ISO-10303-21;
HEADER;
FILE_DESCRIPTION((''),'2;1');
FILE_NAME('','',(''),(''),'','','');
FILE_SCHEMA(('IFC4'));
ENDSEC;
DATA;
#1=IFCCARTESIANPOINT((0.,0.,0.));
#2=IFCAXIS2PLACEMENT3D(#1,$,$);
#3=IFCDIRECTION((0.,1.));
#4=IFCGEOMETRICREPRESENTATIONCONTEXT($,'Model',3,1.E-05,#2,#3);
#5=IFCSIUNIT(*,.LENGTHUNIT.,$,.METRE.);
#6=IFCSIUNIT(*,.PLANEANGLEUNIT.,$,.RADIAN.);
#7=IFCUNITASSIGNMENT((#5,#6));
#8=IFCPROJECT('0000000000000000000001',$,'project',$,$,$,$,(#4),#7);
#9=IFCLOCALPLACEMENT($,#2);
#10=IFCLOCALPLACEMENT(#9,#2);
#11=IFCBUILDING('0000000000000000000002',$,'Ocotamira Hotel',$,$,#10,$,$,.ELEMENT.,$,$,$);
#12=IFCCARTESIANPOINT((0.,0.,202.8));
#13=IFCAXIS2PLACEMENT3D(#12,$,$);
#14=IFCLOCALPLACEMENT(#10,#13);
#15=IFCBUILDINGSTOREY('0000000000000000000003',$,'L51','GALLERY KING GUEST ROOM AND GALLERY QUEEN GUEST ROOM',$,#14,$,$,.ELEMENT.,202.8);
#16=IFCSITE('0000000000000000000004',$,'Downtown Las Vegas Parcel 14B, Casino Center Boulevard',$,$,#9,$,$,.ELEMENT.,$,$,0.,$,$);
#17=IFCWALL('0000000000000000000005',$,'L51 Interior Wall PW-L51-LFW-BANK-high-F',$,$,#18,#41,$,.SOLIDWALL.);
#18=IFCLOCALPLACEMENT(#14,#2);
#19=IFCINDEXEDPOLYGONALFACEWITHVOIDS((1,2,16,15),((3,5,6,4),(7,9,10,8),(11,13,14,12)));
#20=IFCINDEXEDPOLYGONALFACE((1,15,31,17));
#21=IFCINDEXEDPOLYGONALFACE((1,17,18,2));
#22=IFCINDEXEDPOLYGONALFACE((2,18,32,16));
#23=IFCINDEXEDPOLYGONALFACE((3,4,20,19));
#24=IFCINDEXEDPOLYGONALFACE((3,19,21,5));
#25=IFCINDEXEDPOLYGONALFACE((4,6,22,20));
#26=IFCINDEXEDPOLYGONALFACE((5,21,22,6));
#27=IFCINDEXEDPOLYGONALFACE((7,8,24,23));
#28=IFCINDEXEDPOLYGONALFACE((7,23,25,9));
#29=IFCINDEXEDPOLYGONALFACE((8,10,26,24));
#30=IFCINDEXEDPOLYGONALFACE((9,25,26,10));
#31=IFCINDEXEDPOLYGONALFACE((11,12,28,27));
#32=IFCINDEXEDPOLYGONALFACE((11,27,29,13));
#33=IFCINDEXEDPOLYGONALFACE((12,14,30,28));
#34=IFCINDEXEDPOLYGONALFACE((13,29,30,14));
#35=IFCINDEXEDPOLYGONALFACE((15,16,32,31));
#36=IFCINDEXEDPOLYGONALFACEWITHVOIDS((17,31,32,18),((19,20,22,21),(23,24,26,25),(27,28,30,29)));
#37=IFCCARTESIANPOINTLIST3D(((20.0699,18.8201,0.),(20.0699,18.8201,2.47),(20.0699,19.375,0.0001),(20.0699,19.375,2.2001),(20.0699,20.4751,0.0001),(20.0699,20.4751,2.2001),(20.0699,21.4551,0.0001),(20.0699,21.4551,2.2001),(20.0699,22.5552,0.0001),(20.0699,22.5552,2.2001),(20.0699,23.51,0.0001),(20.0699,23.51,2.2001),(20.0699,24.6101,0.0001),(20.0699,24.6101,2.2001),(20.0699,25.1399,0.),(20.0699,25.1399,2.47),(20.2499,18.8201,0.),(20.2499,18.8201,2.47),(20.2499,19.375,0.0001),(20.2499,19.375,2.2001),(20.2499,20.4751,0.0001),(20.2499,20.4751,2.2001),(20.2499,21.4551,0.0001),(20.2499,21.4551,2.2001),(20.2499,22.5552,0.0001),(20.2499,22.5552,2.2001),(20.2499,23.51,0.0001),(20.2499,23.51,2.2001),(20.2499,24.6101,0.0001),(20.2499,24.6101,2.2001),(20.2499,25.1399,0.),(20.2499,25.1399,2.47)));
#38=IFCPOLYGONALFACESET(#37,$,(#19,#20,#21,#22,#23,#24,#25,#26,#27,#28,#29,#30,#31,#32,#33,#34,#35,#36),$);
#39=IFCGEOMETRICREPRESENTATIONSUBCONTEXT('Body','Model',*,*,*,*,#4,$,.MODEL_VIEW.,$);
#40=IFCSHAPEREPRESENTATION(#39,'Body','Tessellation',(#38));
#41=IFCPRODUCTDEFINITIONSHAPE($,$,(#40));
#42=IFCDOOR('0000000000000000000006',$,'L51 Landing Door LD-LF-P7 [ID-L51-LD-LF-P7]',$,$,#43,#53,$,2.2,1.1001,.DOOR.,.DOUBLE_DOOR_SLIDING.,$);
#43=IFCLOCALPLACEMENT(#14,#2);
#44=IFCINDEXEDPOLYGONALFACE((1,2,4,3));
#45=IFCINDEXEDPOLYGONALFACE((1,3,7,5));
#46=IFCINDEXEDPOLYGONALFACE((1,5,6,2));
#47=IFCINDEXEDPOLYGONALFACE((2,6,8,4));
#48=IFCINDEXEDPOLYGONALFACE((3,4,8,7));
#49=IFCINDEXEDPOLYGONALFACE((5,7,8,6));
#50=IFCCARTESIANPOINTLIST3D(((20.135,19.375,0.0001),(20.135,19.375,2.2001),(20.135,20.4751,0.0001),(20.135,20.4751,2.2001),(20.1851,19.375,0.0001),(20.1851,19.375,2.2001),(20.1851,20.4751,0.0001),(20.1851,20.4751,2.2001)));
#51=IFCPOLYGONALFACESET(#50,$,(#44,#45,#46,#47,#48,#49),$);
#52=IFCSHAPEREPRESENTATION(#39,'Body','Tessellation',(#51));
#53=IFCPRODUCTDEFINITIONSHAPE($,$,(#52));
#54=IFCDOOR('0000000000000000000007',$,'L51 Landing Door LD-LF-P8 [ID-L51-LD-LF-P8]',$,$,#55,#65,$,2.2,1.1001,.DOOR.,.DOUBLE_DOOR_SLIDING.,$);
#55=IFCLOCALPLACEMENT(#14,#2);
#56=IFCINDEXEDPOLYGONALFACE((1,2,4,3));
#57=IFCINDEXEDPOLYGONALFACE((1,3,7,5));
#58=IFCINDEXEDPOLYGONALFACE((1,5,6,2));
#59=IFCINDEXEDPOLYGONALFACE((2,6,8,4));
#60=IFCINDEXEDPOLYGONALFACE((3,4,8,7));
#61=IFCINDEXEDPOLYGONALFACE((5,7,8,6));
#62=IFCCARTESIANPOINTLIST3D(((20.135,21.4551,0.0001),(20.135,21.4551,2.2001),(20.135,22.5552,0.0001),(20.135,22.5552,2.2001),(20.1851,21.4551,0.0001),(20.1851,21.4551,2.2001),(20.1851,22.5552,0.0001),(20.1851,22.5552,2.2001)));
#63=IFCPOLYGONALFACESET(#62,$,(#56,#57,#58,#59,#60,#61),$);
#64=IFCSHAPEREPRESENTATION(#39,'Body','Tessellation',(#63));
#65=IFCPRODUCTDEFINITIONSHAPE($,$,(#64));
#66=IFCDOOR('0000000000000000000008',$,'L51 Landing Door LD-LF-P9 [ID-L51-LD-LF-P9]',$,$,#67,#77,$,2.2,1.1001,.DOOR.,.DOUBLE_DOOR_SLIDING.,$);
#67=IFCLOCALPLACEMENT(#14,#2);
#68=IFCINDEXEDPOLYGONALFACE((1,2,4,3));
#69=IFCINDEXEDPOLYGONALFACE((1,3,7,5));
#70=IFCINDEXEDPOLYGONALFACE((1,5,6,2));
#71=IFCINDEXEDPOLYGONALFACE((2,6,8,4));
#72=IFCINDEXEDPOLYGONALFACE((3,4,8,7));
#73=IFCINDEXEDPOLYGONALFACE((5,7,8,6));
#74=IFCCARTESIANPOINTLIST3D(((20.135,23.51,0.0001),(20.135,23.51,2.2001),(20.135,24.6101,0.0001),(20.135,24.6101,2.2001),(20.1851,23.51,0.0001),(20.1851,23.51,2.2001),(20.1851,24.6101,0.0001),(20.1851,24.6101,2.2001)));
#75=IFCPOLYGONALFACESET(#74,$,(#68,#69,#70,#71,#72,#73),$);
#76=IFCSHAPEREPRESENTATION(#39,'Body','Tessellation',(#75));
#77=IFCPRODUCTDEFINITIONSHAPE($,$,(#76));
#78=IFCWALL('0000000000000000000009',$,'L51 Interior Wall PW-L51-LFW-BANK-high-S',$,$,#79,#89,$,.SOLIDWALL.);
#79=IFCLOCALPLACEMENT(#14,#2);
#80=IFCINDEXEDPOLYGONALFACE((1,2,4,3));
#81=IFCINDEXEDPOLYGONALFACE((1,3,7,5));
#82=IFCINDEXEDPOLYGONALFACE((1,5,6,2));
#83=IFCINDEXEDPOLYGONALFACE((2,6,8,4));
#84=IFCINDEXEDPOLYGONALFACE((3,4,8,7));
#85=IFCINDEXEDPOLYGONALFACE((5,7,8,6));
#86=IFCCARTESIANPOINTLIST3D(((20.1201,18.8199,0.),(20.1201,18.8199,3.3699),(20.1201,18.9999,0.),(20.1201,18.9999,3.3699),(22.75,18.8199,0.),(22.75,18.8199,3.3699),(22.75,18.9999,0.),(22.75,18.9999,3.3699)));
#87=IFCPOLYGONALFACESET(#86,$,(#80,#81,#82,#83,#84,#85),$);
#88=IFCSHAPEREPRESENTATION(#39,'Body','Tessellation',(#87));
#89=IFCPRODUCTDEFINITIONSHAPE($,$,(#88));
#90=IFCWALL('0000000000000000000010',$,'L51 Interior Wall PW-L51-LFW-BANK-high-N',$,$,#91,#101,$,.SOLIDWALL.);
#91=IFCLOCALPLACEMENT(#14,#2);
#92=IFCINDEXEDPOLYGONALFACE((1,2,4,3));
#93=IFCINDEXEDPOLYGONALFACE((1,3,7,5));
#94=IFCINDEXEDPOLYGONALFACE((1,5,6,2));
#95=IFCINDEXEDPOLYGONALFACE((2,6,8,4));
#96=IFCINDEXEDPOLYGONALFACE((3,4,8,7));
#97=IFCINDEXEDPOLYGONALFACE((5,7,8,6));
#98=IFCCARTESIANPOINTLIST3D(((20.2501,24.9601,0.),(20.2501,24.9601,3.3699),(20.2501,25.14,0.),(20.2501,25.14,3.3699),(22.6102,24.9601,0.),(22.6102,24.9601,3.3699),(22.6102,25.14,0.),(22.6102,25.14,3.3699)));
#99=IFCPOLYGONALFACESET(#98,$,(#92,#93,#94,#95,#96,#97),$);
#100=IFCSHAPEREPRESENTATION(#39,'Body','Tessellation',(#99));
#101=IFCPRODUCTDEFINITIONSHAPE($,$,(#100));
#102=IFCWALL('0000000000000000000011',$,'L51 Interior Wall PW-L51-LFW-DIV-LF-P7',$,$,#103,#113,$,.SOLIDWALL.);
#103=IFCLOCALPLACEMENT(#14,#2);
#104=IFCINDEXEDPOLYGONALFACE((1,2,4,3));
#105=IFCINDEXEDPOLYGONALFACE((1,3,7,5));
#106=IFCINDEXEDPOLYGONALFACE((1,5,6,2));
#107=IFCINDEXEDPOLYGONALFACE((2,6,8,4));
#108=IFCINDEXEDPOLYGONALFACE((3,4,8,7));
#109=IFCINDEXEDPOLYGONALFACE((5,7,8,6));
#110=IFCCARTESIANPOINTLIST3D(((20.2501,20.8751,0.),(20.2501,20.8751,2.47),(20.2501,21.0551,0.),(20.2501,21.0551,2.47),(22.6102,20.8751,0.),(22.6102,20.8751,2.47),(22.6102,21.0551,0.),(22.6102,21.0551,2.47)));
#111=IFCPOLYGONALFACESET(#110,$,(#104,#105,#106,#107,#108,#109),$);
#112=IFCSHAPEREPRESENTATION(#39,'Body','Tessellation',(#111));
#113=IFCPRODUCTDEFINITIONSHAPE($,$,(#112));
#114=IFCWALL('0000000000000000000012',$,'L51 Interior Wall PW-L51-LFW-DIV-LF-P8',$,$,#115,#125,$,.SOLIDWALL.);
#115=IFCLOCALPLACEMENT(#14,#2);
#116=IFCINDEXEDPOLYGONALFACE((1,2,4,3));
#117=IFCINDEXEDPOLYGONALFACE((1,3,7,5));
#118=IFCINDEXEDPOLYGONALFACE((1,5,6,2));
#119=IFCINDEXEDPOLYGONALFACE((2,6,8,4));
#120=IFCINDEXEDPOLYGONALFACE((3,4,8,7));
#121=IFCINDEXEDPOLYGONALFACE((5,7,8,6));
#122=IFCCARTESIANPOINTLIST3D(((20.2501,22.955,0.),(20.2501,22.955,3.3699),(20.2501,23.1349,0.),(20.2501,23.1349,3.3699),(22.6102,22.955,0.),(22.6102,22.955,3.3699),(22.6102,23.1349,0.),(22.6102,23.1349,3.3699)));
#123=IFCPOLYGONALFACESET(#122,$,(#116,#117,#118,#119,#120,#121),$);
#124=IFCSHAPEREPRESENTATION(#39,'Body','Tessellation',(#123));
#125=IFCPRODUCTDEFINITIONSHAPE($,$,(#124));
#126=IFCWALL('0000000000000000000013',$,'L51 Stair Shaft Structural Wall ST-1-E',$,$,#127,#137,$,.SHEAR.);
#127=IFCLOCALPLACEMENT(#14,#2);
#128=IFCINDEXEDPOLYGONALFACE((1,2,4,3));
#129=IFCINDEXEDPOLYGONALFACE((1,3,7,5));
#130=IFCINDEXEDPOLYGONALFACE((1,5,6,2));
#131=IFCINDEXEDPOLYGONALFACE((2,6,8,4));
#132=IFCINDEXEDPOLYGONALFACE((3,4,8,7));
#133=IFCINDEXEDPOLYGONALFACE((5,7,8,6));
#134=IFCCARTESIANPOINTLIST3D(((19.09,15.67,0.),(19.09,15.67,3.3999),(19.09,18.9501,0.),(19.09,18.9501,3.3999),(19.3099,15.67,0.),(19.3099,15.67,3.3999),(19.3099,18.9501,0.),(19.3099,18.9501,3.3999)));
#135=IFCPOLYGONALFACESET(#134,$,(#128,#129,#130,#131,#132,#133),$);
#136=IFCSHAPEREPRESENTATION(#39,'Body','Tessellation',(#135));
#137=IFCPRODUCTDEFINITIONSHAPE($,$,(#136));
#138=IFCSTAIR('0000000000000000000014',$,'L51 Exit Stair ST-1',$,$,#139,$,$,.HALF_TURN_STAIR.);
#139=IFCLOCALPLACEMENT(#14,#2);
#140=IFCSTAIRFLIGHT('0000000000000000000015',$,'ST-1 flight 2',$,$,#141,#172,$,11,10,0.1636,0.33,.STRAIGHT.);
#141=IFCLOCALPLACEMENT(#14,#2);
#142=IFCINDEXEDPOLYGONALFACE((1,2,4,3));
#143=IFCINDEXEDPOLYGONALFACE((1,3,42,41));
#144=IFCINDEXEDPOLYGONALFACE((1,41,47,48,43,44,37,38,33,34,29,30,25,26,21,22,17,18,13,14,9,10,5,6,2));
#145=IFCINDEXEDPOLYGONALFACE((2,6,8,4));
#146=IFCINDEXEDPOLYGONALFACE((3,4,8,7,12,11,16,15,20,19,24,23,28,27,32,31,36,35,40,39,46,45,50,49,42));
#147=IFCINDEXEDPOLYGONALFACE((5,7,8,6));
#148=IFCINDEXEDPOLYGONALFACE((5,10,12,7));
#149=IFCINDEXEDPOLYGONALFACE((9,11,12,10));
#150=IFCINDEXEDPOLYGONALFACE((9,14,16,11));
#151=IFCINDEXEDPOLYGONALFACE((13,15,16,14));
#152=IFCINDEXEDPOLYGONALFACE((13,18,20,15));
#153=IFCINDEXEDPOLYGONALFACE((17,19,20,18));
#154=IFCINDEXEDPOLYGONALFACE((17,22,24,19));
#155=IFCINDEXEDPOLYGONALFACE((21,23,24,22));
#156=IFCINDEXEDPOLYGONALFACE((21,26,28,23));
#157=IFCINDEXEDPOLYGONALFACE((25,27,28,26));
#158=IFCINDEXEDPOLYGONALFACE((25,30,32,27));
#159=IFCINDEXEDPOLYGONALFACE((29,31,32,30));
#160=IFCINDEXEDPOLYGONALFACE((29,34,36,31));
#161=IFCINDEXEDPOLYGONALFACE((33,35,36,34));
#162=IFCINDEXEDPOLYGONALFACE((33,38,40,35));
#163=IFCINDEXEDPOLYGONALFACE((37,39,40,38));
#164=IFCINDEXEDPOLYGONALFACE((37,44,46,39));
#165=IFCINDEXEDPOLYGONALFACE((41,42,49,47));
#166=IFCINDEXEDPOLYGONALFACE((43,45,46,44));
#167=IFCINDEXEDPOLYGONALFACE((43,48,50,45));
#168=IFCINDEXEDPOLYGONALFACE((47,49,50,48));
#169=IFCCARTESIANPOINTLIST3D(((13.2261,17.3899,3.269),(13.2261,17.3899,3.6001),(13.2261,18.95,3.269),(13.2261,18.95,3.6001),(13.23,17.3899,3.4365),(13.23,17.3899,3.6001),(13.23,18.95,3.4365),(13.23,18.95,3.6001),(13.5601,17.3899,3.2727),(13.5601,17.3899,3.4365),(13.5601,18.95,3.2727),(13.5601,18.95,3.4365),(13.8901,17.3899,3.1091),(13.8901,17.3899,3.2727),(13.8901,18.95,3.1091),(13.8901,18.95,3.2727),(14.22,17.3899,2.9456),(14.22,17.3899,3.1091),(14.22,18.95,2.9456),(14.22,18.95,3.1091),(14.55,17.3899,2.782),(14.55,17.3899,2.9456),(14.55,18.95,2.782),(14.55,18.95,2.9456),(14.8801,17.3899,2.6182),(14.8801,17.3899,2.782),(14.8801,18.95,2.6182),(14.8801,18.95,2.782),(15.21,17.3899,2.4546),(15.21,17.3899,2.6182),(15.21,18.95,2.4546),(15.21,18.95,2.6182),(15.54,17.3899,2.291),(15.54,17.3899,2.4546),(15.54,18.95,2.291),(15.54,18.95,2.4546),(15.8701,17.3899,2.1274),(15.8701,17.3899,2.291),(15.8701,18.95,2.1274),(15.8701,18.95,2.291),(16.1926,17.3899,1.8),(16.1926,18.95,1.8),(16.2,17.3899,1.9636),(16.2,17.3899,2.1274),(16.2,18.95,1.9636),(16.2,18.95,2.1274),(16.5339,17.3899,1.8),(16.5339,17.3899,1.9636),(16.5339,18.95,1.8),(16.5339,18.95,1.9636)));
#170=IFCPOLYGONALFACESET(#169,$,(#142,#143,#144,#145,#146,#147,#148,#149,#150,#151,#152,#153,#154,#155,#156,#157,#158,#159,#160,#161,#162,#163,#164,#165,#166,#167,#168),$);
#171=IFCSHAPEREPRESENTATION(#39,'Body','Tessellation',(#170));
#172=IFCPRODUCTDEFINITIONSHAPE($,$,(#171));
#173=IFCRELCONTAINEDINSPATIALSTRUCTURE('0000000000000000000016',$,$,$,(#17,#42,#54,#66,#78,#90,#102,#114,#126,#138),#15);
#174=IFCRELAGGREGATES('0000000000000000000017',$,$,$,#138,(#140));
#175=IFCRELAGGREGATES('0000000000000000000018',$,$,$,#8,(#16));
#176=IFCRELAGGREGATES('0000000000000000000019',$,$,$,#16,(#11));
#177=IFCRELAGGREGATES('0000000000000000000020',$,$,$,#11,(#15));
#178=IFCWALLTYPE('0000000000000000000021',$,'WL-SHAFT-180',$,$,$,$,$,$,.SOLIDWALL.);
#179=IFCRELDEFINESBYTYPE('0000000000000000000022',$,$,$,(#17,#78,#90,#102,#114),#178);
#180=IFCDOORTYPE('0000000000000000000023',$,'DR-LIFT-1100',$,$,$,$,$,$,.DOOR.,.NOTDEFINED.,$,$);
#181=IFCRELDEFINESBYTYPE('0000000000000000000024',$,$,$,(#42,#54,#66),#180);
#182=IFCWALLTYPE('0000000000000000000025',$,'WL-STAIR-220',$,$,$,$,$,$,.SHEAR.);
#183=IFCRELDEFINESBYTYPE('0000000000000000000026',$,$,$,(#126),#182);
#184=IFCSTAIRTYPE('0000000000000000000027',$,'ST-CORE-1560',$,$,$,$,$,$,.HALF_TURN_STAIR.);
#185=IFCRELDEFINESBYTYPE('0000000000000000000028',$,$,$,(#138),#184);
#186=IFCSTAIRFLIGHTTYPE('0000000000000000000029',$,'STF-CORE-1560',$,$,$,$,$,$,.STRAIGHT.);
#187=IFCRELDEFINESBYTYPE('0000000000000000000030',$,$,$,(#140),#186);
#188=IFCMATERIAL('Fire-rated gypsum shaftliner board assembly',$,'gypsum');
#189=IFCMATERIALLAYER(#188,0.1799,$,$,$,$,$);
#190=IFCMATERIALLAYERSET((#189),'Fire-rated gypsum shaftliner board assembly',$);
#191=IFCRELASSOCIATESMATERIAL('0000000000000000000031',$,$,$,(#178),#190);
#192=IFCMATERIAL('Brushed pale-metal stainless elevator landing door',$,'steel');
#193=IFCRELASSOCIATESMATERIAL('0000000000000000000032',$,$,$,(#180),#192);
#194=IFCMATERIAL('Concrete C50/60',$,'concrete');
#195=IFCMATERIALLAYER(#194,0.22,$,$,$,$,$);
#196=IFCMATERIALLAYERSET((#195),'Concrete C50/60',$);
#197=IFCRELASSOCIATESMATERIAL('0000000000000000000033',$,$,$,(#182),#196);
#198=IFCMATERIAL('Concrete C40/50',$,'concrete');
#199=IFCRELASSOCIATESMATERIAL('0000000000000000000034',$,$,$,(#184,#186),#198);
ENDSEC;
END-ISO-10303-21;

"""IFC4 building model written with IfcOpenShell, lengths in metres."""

from ifc_helpers import new_model, si_unit, direction, frame, frame_2d, origin, place, context, subcontext, project, spatial, polyline, rectangle, outline, extrude, source, transform, mapped, material, layer, layer_set, type_object, element, fill, aggregate, save


model = new_model("IFC4")

# Units and contexts
model_context = context("Model", 3, precision=1e-05, world=origin(), true_north=direction((0.0, 1.0)))
body_context = subcontext(model_context, "Body", "Model", "MODEL_VIEW")
ifc_project = project(units=[si_unit("LENGTHUNIT", "METRE"), si_unit("PLANEANGLEUNIT", "RADIAN")], contexts=[model_context])

# Site, building, storey
site_placement = place(None, origin())
site = spatial("IfcSite", under=ifc_project, at=site_placement, Name="Downtown Las Vegas Parcel 14B, Casino Center Boulevard", CompositionType="ELEMENT", RefElevation=0.0)
building_placement = place(site_placement, origin())
building = spatial("IfcBuilding", under=site, at=building_placement, Name="Ocotamira Hotel", CompositionType="ELEMENT")
storey_placement = place(building_placement, frame((0.0, 0.0, 202.8)))
storey = spatial("IfcBuildingStorey", under=building, at=storey_placement, Name="L51", Description="GALLERY KING GUEST ROOM AND GALLERY QUEEN GUEST ROOM", CompositionType="ELEMENT", Elevation=202.8)

# Shared definitions
ifc_material_1 = material(Name="Concrete C50/60", Category="concrete")

# Wall, openings, doors
ifc_material_2 = material(Name="Fire-rated gypsum shaftliner board assembly", Category="gypsum")
ifc_layer_1 = layer(ifc_material_2, 0.1799)
ifc_layer_set_1 = layer_set([ifc_layer_1], Name="Fire-rated gypsum shaftliner board assembly")
wall_type_1 = type_object("IfcWallType", Name="WL-SHAFT-180", PredefinedType="SOLIDWALL", material=ifc_layer_set_1)
wall_1_placement = place(storey_placement, frame((20.1599, 18.8201, 0.0), z_axis=(0.0, 0.0, 1.0), x_axis=(0.0, 1.0, 0.0)))
wall_1 = element("IfcWall", 1, at=wall_1_placement, inside=storey, type_object=wall_type_1, Name="L51 Interior Wall PW-L51-LFW-BANK-high-F", PredefinedType="SOLIDWALL", context=body_context, shape_type="SweptSolid", body=[
    extrude(rectangle(XDim=6.3198, YDim=0.1799, at=frame_2d((3.1599, 0.0))), origin(), (0.0, 0.0, 1.0), 2.47),
])
opening_1_placement = place(wall_1_placement, frame((0.5549, 0.0, 0.0)))
opening_1 = element("IfcOpeningElement", 2, at=opening_1_placement, cuts=wall_1, PredefinedType="OPENING", context=body_context, shape_type="SweptSolid", body=[
    extrude(rectangle(XDim=1.1001, YDim=2.2, at=frame_2d((0.55, 1.1001))), frame((0.0, 0.1001, 0.0), z_axis=(0.0, -1.0, 0.0), x_axis=(1.0, 0.0, 0.0)), (0.0, 0.0, 1.0), 0.2),
])
opening_2_placement = place(wall_1_placement, frame((2.635, 0.0, 0.0)))
opening_2 = element("IfcOpeningElement", 3, at=opening_2_placement, cuts=wall_1, PredefinedType="OPENING", context=body_context, shape_type="SweptSolid", body=[
    extrude(rectangle(XDim=1.1001, YDim=2.2, at=frame_2d((0.55, 1.1001))), frame((0.0, 0.1001, 0.0), z_axis=(0.0, -1.0, 0.0), x_axis=(1.0, 0.0, 0.0)), (0.0, 0.0, 1.0), 0.2),
])
opening_3_placement = place(wall_1_placement, frame((4.6899, 0.0, 0.0)))
opening_3 = element("IfcOpeningElement", 4, at=opening_3_placement, cuts=wall_1, PredefinedType="OPENING", context=body_context, shape_type="SweptSolid", body=[
    extrude(rectangle(XDim=1.1001, YDim=2.2, at=frame_2d((0.55, 1.1001))), frame((0.0, 0.1001, 0.0), z_axis=(0.0, -1.0, 0.0), x_axis=(1.0, 0.0, 0.0)), (0.0, 0.0, 1.0), 0.2),
])
ifc_material_3 = material(Name="Brushed pale-metal stainless elevator landing door", Category="steel")
door_type = type_object("IfcDoorType", Name="DR-LIFT-1100", OperationType="NOTDEFINED", PredefinedType="DOOR", material=ifc_material_3)
shared_shape_1 = source(origin(), body_context, "Body", "SweptSolid", [
    extrude(rectangle(XDim=1.1001, YDim=2.2, at=frame_2d((0.55, 1.1001))), frame((0.0, 0.0249, 0.0), z_axis=(0.0, -1.0, 0.0), x_axis=(1.0, 0.0, 0.0)), (0.0, 0.0, 1.0), 0.05),
])
door_1_placement = place(opening_1_placement, origin())
door_1 = element("IfcDoor", 5, at=door_1_placement, inside=storey, type_object=door_type, Name="L51 Landing Door LD-LF-P7 [ID-L51-LD-LF-P7]", OperationType="DOUBLE_DOOR_SLIDING", OverallHeight=2.2, OverallWidth=1.1001, PredefinedType="DOOR", context=body_context, shape_type="MappedRepresentation", body=[
    mapped(shared_shape_1, transform((0.0, 0.0, 0.0), scale=1.0)),
])
fill(opening_1, door_1)
door_2_placement = place(opening_2_placement, origin())
door_2 = element("IfcDoor", 6, at=door_2_placement, inside=storey, type_object=door_type, Name="L51 Landing Door LD-LF-P8 [ID-L51-LD-LF-P8]", OperationType="DOUBLE_DOOR_SLIDING", OverallHeight=2.2, OverallWidth=1.1001, PredefinedType="DOOR", context=body_context, shape_type="MappedRepresentation", body=[
    mapped(shared_shape_1, transform((0.0, 0.0, 0.0), scale=1.0)),
])
fill(opening_2, door_2)
door_3_placement = place(opening_3_placement, origin())
door_3 = element("IfcDoor", 7, at=door_3_placement, inside=storey, type_object=door_type, Name="L51 Landing Door LD-LF-P9 [ID-L51-LD-LF-P9]", OperationType="DOUBLE_DOOR_SLIDING", OverallHeight=2.2, OverallWidth=1.1001, PredefinedType="DOOR", context=body_context, shape_type="MappedRepresentation", body=[
    mapped(shared_shape_1, transform((0.0, 0.0, 0.0), scale=1.0)),
])
fill(opening_3, door_3)

# Walls
wall_2_placement = place(storey_placement, frame((20.1201, 18.9099, 0.0), z_axis=(0.0, 0.0, 1.0), x_axis=(1.0, 0.0, 0.0)))
element("IfcWall", 8, at=wall_2_placement, inside=storey, type_object=wall_type_1, Name="L51 Interior Wall PW-L51-LFW-BANK-high-S", PredefinedType="SOLIDWALL", context=body_context, shape_type="SweptSolid", body=[
    extrude(rectangle(XDim=2.6299, YDim=0.1799, at=frame_2d((1.3149, 0.0))), origin(), (0.0, 0.0, 1.0), 3.3699),
])
wall_3_placement = place(storey_placement, frame((20.25, 25.05, 0.0), z_axis=(0.0, 0.0, 1.0), x_axis=(1.0, 0.0, 0.0)))
element("IfcWall", 9, at=wall_3_placement, inside=storey, type_object=wall_type_1, Name="L51 Interior Wall PW-L51-LFW-BANK-high-N", PredefinedType="SOLIDWALL", context=body_context, shape_type="SweptSolid", body=[
    extrude(rectangle(XDim=2.3601, YDim=0.1799, at=frame_2d((1.1802, 0.0))), origin(), (0.0, 0.0, 1.0), 3.3699),
])
wall_4_placement = place(storey_placement, frame((20.25, 20.9651, 0.0), z_axis=(0.0, 0.0, 1.0), x_axis=(1.0, 0.0, 0.0)))
element("IfcWall", 10, at=wall_4_placement, inside=storey, type_object=wall_type_1, Name="L51 Interior Wall PW-L51-LFW-DIV-LF-P7", PredefinedType="SOLIDWALL", context=body_context, shape_type="SweptSolid", body=[
    extrude(rectangle(XDim=2.3601, YDim=0.1799, at=frame_2d((1.1802, 0.0))), origin(), (0.0, 0.0, 1.0), 2.47),
])
wall_5_placement = place(storey_placement, frame((20.25, 23.0449, 0.0), z_axis=(0.0, 0.0, 1.0), x_axis=(1.0, 0.0, 0.0)))
element("IfcWall", 11, at=wall_5_placement, inside=storey, type_object=wall_type_1, Name="L51 Interior Wall PW-L51-LFW-DIV-LF-P8", PredefinedType="SOLIDWALL", context=body_context, shape_type="SweptSolid", body=[
    extrude(rectangle(XDim=2.3601, YDim=0.1799, at=frame_2d((1.1802, 0.0))), origin(), (0.0, 0.0, 1.0), 3.3699),
])
ifc_layer_2 = layer(ifc_material_1, 0.22)
ifc_layer_set_2 = layer_set([ifc_layer_2], Name="Concrete C50/60")
wall_type_2 = type_object("IfcWallType", Name="WL-STAIR-220", PredefinedType="SHEAR", material=ifc_layer_set_2)
wall_6_placement = place(storey_placement, frame((19.2, 15.6699, 0.0), z_axis=(0.0, 0.0, 1.0), x_axis=(0.0, 1.0, 0.0)))
element("IfcWall", 12, at=wall_6_placement, inside=storey, type_object=wall_type_2, Name="L51 Stair Shaft Structural Wall ST-1-E", PredefinedType="SHEAR", context=body_context, shape_type="SweptSolid", body=[
    extrude(rectangle(XDim=3.28, YDim=0.22, at=frame_2d((1.6401, 0.0))), origin(), (0.0, 0.0, 1.0), 3.3999),
])

# Stair, stair flight
ifc_material_4 = material(Name="Concrete C40/50", Category="concrete")
stair_type = type_object("IfcStairType", Name="ST-CORE-1560", PredefinedType="HALF_TURN_STAIR", material=ifc_material_4)
stair_placement = place(storey_placement, origin())
stair = element("IfcStair", 13, at=stair_placement, inside=storey, type_object=stair_type, Name="L51 Exit Stair ST-1", PredefinedType="HALF_TURN_STAIR")
stair_flight_type = type_object("IfcStairFlightType", Name="STF-CORE-1560", PredefinedType="STRAIGHT", material=ifc_material_4)
shared_shape_2 = source(origin(), body_context, "Body", "SweptSolid", [
    extrude(outline(polyline([(-0.0039, 0.0), (-0.0039, 0.1636), (0.3301, 0.1636), (0.3301, 0.3274), (0.6599, 0.3274), (0.6599, 0.491), (0.99, 0.491), (0.99, 0.6545), (1.3201, 0.6545), (1.3201, 0.8181), (1.6499, 0.8181), (1.6499, 0.9819), (1.98, 0.9819), (1.98, 1.1455), (2.3101, 1.1455), (2.3101, 1.3091), (2.6399, 1.3091), (2.6399, 1.4727), (2.97, 1.4727), (2.97, 1.6365), (3.3, 1.6365), (3.3, 1.8), (3.304, 1.8), (3.304, 1.469), (0.3374, 0.0), (-0.0039, 0.0)])), frame((0.0, 0.78, 0.0), z_axis=(0.0, -1.0, 0.0), x_axis=(1.0, 0.0, 0.0)), (0.0, 0.0, 1.0), 1.5601),
])
stair_flight_placement = place(storey_placement, frame((16.53, 18.1699, 1.8), z_axis=(0.0, 0.0, 1.0), x_axis=(-1.0, 0.0, 0.0)))
stair_flight = element("IfcStairFlight", 14, at=stair_flight_placement, type_object=stair_flight_type, Name="ST-1 flight 2", NumberOfRisers=11, NumberOfTreads=10, PredefinedType="STRAIGHT", RiserHeight=0.1636, TreadLength=0.33, context=body_context, shape_type="MappedRepresentation", body=[
    mapped(shared_shape_2, transform((0.0, 0.0, 0.0), scale=1.0)),
])
aggregate(stair, [stair_flight])

save(model, "model.ifc")
